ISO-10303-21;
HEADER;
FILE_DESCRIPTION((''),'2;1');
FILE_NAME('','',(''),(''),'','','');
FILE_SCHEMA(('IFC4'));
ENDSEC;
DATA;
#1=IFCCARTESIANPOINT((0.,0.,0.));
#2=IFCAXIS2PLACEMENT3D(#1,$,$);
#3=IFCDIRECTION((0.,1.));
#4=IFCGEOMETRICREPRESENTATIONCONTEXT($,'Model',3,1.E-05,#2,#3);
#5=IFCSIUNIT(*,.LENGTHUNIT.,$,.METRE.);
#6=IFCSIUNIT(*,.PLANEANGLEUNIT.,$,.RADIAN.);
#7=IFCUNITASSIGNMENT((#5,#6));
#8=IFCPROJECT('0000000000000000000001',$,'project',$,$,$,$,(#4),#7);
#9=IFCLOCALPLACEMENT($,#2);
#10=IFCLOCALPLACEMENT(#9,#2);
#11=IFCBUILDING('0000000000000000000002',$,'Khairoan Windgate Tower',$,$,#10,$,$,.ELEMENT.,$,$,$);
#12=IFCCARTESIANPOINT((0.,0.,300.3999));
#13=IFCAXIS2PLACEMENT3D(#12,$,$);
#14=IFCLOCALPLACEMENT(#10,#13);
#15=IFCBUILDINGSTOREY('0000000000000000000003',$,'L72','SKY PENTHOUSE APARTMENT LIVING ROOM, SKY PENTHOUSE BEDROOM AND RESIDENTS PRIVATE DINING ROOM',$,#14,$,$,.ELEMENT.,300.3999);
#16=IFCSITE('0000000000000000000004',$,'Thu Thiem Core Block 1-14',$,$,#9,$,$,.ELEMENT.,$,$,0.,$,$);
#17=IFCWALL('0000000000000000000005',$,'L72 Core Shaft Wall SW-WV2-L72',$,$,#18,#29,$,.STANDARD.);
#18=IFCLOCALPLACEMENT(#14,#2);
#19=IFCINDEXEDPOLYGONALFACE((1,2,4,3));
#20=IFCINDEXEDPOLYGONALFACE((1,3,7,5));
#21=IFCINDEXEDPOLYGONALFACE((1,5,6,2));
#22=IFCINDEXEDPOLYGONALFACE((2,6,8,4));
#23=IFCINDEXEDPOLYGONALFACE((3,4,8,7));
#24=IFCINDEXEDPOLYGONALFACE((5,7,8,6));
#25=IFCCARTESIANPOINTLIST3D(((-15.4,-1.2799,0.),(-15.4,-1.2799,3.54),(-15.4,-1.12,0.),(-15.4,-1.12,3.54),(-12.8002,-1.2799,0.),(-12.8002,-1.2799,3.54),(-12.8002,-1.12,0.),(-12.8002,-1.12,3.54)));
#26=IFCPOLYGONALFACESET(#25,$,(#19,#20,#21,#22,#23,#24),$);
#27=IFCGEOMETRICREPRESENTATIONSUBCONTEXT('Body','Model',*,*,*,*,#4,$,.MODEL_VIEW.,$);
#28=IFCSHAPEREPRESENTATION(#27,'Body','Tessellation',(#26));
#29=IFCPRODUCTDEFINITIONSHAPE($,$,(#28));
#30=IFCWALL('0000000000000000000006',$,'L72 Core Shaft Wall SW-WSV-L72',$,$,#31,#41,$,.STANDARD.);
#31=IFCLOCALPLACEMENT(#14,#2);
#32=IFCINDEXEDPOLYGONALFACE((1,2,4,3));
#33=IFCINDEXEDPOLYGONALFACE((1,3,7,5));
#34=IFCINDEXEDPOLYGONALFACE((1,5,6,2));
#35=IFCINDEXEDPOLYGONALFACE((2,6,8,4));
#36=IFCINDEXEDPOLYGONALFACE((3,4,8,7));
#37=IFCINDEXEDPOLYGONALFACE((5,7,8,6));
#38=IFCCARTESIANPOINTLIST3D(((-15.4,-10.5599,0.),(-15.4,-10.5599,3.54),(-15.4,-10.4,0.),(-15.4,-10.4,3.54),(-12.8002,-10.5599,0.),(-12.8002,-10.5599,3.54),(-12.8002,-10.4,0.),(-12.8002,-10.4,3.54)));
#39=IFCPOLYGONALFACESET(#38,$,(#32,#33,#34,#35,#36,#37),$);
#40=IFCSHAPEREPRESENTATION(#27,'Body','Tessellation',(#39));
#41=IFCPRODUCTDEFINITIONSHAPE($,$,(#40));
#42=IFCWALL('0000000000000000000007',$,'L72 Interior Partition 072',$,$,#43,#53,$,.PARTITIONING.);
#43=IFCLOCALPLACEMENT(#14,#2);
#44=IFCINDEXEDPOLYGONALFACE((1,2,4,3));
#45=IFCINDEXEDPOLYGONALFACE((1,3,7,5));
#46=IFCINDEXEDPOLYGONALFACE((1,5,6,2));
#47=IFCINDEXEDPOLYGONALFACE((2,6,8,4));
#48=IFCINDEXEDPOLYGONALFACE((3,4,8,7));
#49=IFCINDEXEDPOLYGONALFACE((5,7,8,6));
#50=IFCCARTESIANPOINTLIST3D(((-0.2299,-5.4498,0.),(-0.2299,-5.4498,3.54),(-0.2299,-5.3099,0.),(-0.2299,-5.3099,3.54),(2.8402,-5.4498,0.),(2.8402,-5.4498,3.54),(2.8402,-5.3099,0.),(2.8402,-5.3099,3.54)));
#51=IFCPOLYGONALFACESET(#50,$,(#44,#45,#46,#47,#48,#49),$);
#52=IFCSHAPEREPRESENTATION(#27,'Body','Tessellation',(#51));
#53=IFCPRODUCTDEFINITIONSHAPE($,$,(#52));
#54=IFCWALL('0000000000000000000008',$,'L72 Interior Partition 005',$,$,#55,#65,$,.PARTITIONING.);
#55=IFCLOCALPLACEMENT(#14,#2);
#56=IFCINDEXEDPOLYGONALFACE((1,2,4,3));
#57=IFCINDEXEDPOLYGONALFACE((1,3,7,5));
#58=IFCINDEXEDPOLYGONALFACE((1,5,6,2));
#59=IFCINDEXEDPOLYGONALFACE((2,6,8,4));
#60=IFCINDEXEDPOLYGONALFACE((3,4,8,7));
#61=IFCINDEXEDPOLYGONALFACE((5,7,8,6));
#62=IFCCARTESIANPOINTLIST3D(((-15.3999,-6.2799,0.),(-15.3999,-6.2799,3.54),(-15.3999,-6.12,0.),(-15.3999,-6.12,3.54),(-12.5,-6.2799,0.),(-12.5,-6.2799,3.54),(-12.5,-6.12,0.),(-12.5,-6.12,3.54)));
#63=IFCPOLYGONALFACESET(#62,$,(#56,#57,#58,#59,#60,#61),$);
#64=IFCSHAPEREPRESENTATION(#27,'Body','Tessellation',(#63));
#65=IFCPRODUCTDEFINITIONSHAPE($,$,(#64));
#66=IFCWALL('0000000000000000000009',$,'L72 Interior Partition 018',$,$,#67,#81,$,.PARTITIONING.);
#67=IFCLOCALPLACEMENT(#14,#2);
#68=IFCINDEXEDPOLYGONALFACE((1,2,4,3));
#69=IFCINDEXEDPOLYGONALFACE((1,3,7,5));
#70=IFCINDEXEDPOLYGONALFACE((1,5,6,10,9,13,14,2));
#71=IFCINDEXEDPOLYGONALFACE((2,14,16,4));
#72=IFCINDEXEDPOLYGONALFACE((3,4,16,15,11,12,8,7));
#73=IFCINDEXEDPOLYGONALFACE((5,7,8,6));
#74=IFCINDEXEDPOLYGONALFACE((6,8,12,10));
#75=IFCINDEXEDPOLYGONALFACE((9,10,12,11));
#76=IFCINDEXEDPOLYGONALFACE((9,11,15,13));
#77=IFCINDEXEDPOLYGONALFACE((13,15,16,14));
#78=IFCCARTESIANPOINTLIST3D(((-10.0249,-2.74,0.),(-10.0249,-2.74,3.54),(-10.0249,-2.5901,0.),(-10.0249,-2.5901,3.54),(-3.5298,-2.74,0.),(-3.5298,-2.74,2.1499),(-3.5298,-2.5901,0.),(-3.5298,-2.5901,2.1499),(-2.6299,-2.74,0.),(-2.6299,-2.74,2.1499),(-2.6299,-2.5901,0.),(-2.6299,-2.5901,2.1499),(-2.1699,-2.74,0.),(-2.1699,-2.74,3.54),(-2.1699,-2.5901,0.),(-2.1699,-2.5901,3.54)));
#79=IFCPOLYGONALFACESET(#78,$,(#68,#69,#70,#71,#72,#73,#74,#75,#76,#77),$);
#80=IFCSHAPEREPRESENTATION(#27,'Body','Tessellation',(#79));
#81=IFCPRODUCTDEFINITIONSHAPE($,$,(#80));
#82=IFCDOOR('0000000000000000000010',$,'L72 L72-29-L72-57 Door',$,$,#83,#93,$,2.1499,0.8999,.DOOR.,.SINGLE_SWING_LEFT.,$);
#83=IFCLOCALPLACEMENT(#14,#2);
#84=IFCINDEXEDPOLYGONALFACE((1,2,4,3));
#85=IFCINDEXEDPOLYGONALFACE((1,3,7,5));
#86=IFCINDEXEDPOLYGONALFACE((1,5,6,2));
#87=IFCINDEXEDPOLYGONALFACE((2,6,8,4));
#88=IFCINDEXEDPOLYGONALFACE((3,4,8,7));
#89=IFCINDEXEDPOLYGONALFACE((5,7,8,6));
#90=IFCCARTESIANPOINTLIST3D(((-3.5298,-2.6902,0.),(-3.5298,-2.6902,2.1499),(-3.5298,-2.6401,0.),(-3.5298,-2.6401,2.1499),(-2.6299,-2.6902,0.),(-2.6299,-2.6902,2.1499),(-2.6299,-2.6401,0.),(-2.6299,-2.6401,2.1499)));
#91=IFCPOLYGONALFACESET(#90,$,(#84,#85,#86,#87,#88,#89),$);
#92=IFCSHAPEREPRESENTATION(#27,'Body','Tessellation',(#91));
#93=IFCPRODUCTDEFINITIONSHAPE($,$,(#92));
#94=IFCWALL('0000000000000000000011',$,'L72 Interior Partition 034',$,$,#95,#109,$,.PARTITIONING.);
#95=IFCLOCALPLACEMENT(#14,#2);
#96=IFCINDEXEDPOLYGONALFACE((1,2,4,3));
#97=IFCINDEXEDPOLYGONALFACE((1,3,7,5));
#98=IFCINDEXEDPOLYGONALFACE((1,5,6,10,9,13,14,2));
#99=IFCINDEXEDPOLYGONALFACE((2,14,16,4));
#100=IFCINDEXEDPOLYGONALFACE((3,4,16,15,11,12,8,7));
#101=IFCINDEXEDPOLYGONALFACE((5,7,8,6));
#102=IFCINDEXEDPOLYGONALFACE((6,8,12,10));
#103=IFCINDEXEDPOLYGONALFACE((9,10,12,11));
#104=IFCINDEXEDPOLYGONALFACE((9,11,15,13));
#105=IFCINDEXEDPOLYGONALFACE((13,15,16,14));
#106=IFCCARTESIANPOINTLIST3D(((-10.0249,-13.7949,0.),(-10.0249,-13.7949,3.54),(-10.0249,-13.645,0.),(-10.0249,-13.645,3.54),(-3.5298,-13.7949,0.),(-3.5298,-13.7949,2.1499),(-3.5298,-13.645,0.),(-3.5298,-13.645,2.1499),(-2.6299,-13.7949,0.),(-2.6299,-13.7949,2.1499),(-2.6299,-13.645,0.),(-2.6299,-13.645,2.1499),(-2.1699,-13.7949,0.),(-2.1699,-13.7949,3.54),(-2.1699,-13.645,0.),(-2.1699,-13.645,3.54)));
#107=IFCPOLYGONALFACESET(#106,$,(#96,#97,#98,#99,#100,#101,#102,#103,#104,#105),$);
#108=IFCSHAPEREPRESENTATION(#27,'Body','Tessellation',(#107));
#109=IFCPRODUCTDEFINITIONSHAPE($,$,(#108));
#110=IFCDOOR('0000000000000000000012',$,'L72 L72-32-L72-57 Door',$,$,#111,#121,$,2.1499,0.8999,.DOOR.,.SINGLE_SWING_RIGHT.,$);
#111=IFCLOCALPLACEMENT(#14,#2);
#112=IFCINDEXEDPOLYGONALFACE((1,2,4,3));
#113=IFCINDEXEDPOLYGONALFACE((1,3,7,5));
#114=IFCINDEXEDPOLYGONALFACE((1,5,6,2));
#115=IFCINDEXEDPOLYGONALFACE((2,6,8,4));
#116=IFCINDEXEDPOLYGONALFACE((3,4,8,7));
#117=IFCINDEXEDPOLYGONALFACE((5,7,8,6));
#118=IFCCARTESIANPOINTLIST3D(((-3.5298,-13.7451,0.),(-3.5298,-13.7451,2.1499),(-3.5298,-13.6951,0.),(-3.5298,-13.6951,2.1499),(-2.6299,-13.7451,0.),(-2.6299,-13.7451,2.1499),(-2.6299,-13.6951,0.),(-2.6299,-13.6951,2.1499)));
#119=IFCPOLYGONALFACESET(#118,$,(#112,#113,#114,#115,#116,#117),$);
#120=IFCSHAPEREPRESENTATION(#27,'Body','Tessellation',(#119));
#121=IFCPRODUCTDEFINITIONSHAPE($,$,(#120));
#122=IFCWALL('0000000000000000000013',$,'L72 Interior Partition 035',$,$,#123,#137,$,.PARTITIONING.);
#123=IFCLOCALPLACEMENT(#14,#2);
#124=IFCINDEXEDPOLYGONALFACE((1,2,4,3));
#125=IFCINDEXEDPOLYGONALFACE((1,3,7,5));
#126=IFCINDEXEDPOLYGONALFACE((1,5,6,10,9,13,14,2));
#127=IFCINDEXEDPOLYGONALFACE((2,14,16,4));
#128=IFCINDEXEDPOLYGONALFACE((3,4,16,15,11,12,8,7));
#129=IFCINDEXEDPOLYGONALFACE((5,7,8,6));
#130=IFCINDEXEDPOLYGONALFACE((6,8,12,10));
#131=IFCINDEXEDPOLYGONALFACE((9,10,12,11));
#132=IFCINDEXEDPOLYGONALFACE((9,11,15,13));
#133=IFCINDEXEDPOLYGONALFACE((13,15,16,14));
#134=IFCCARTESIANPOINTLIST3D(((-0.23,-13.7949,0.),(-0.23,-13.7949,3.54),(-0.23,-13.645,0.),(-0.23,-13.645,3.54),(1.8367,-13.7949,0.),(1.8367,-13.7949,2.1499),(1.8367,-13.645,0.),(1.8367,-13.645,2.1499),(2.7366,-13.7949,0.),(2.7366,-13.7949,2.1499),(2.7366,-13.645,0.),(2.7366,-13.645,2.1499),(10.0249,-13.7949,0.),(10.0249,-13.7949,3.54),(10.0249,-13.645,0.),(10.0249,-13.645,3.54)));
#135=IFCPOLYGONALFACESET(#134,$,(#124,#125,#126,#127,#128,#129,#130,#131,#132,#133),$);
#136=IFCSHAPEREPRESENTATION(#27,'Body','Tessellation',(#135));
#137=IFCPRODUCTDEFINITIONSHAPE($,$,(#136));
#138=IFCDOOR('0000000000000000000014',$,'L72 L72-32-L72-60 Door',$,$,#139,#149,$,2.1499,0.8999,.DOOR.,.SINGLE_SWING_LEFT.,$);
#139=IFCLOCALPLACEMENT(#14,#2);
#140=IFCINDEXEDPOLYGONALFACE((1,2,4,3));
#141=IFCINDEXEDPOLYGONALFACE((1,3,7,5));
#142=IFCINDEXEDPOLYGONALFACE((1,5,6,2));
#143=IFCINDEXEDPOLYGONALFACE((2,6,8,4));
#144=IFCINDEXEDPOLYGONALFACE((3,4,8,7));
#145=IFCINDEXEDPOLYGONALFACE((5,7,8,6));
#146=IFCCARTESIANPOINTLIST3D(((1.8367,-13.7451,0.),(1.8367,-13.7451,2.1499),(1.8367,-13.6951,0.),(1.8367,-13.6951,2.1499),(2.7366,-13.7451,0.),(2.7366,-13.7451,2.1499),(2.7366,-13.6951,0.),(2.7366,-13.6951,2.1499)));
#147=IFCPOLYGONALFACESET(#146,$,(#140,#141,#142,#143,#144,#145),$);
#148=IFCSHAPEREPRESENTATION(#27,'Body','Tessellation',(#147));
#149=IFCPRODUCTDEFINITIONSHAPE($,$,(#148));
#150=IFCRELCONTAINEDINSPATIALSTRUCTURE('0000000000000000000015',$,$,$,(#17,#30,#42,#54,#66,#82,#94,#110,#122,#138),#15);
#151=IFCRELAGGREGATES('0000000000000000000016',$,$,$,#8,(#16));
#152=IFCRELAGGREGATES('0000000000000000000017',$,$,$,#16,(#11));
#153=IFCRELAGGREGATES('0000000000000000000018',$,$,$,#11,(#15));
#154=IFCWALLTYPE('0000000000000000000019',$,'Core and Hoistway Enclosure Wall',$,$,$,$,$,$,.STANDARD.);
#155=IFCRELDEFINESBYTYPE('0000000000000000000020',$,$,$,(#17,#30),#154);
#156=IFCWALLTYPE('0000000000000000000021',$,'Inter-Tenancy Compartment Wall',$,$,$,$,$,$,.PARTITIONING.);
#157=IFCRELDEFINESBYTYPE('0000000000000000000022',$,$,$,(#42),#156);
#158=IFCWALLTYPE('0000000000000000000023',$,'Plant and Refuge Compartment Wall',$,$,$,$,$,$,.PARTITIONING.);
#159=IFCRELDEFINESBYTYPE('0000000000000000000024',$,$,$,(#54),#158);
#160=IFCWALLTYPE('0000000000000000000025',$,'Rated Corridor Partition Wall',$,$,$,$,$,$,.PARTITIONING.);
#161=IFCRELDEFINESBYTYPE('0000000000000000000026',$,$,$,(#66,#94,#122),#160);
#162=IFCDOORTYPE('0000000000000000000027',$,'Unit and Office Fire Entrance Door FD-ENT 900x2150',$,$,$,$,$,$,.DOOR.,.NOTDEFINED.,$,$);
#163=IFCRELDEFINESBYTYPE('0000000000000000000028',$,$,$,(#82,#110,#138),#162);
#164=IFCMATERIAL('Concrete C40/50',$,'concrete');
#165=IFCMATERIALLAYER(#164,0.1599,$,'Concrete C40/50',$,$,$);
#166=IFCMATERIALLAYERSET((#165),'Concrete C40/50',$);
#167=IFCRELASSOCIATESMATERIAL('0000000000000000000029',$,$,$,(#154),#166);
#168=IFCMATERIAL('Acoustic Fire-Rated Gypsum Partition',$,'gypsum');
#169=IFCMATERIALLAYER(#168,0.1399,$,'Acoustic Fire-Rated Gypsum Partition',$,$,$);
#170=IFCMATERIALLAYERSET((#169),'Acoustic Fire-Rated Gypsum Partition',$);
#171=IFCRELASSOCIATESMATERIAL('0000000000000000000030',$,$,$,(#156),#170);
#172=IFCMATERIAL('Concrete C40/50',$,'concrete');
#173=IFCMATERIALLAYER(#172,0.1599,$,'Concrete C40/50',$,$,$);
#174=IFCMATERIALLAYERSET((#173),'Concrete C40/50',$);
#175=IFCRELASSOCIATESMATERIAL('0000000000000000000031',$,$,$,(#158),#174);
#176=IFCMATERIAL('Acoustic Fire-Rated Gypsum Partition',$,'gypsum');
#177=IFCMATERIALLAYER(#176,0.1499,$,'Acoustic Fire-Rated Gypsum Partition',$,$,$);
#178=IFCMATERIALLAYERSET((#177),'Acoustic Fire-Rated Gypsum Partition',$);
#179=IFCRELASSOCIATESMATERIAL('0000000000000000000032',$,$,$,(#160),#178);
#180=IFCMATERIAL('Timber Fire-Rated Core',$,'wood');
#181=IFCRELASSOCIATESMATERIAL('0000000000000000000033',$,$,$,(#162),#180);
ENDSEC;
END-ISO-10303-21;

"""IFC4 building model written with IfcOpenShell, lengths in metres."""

from ifc_helpers import new_model, si_unit, direction, frame, frame_2d, origin, place, context, subcontext, project, spatial, rectangle, extrude, material, layer, layer_set, type_object, element, fill, save


model = new_model("IFC4")

# Units and contexts
model_context = context("Model", 3, precision=1e-05, world=origin(), true_north=direction((0.0, 1.0)))
body_context = subcontext(model_context, "Body", "Model", "MODEL_VIEW")
ifc_project = project(units=[si_unit("LENGTHUNIT", "METRE"), si_unit("PLANEANGLEUNIT", "RADIAN")], contexts=[model_context])

# Site, building, storey
site_placement = place(None, origin())
site = spatial("IfcSite", under=ifc_project, at=site_placement, Name="Thu Thiem Core Block 1-14", CompositionType="ELEMENT", RefElevation=0.0)
building_placement = place(site_placement, origin())
building = spatial("IfcBuilding", under=site, at=building_placement, Name="Khairoan Windgate Tower", CompositionType="ELEMENT")
storey_placement = place(building_placement, frame((0.0, 0.0, 300.3999)))
storey = spatial("IfcBuildingStorey", under=building, at=storey_placement, Name="L72", Description="SKY PENTHOUSE APARTMENT LIVING ROOM, SKY PENTHOUSE BEDROOM AND RESIDENTS PRIVATE DINING ROOM", CompositionType="ELEMENT", Elevation=300.3999)

# Walls
ifc_material_1 = material(Name="Concrete C40/50", Category="concrete")
ifc_layer_1 = layer(ifc_material_1, 0.1599, Name="Concrete C40/50")
ifc_layer_set_1 = layer_set([ifc_layer_1], Name="Concrete C40/50")
wall_type_1 = type_object("IfcWallType", Name="Core and Hoistway Enclosure Wall", PredefinedType="STANDARD", material=ifc_layer_set_1)
for number, where, z_axis, x_axis, name in (
    (1, (-15.3999, -1.2, 0.0), (0.0, 0.0, 1.0), (1.0, 0.0, 0.0), "L72 Core Shaft Wall SW-WV2-L72"),
    (2, (-15.3999, -10.48, 0.0), (0.0, 0.0, 1.0), (1.0, 0.0, 0.0), "L72 Core Shaft Wall SW-WSV-L72"),
):
    element("IfcWall", number, at=place(storey_placement, frame(where, z_axis=z_axis, x_axis=x_axis)), inside=storey, type_object=wall_type_1, Name=name, PredefinedType="STANDARD", context=body_context, shape_type="SweptSolid", body=[
        extrude(rectangle(XDim=2.5999, YDim=0.1599, at=frame_2d((1.2998, 0.0))), origin(), (0.0, 0.0, 1.0), 3.54),
    ])
ifc_material_2 = material(Name="Acoustic Fire-Rated Gypsum Partition", Category="gypsum")
ifc_layer_2 = layer(ifc_material_2, 0.1399, Name="Acoustic Fire-Rated Gypsum Partition")
ifc_layer_set_2 = layer_set([ifc_layer_2], Name="Acoustic Fire-Rated Gypsum Partition")
wall_type_2 = type_object("IfcWallType", Name="Inter-Tenancy Compartment Wall", PredefinedType="PARTITIONING", material=ifc_layer_set_2)
wall_1_placement = place(storey_placement, frame((-0.23, -5.3799, 0.0), z_axis=(0.0, 0.0, 1.0), x_axis=(1.0, 0.0, 0.0)))
element("IfcWall", 3, at=wall_1_placement, inside=storey, type_object=wall_type_2, Name="L72 Interior Partition 072", PredefinedType="PARTITIONING", context=body_context, shape_type="SweptSolid", body=[
    extrude(rectangle(XDim=3.0701, YDim=0.1399, at=frame_2d((1.5352, 0.0))), origin(), (0.0, 0.0, 1.0), 3.54),
])
ifc_material_3 = material(Name="Concrete C40/50", Category="concrete")
ifc_layer_3 = layer(ifc_material_3, 0.1599, Name="Concrete C40/50")
ifc_layer_set_3 = layer_set([ifc_layer_3], Name="Concrete C40/50")
wall_type_3 = type_object("IfcWallType", Name="Plant and Refuge Compartment Wall", PredefinedType="PARTITIONING", material=ifc_layer_set_3)
wall_2_placement = place(storey_placement, frame((-15.3999, -6.2, 0.0), z_axis=(0.0, 0.0, 1.0), x_axis=(1.0, 0.0, 0.0)))
element("IfcWall", 4, at=wall_2_placement, inside=storey, type_object=wall_type_3, Name="L72 Interior Partition 005", PredefinedType="PARTITIONING", context=body_context, shape_type="SweptSolid", body=[
    extrude(rectangle(XDim=2.8999, YDim=0.1599, at=frame_2d((1.45, 0.0))), origin(), (0.0, 0.0, 1.0), 3.54),
])

# Walls, openings, doors
ifc_material_4 = material(Name="Acoustic Fire-Rated Gypsum Partition", Category="gypsum")
ifc_layer_4 = layer(ifc_material_4, 0.1499, Name="Acoustic Fire-Rated Gypsum Partition")
ifc_layer_set_4 = layer_set([ifc_layer_4], Name="Acoustic Fire-Rated Gypsum Partition")
wall_type_4 = type_object("IfcWallType", Name="Rated Corridor Partition Wall", PredefinedType="PARTITIONING", material=ifc_layer_set_4)
wall_3_placement = place(storey_placement, frame((-10.0249, -2.665, 0.0), z_axis=(0.0, 0.0, 1.0), x_axis=(1.0, 0.0, 0.0)))
wall_3 = element("IfcWall", 5, at=wall_3_placement, inside=storey, type_object=wall_type_4, Name="L72 Interior Partition 018", PredefinedType="PARTITIONING", context=body_context, shape_type="SweptSolid", body=[
    extrude(rectangle(XDim=7.855, YDim=0.1499, at=frame_2d((3.9275, 0.0))), origin(), (0.0, 0.0, 1.0), 3.54),
])
opening_1_placement = place(wall_3_placement, frame((6.4951, 0.0, 0.0)))
opening_1 = element("IfcOpeningElement", 6, at=opening_1_placement, cuts=wall_3, PredefinedType="OPENING", context=body_context, shape_type="SweptSolid", body=[
    extrude(rectangle(XDim=0.8999, YDim=2.1499, at=frame_2d((0.45, 1.075))), frame((0.0, 0.085, 0.0), z_axis=(0.0, -1.0, 0.0), x_axis=(1.0, 0.0, 0.0)), (0.0, 0.0, 1.0), 0.1699),
])
ifc_material_5 = material(Name="Timber Fire-Rated Core", Category="wood")
door_type_1 = type_object("IfcDoorType", Name="Unit and Office Fire Entrance Door FD-ENT 900x2150", OperationType="NOTDEFINED", PredefinedType="DOOR", material=ifc_material_5)
door_1_placement = place(opening_1_placement, origin())
door_1 = element("IfcDoor", 7, at=door_1_placement, inside=storey, type_object=door_type_1, Name="L72 L72-29-L72-57 Door", OperationType="SINGLE_SWING_LEFT", OverallHeight=2.1499, OverallWidth=0.8999, PredefinedType="DOOR", context=body_context, shape_type="SweptSolid", body=[
    extrude(rectangle(XDim=0.8999, YDim=2.1499, at=frame_2d((0.45, 1.075))), frame((0.0, 0.0249, 0.0), z_axis=(0.0, -1.0, 0.0), x_axis=(1.0, 0.0, 0.0)), (0.0, 0.0, 1.0), 0.05),
])
fill(opening_1, door_1)
wall_4_placement = place(storey_placement, frame((-10.0249, -13.72, 0.0), z_axis=(0.0, 0.0, 1.0), x_axis=(1.0, 0.0, 0.0)))
wall_4 = element("IfcWall", 8, at=wall_4_placement, inside=storey, type_object=wall_type_4, Name="L72 Interior Partition 034", PredefinedType="PARTITIONING", context=body_context, shape_type="SweptSolid", body=[
    extrude(rectangle(XDim=7.855, YDim=0.1499, at=frame_2d((3.9275, 0.0))), origin(), (0.0, 0.0, 1.0), 3.54),
])
opening_2_placement = place(wall_4_placement, frame((6.4951, 0.0, 0.0)))
opening_2 = element("IfcOpeningElement", 9, at=opening_2_placement, cuts=wall_4, PredefinedType="OPENING", context=body_context, shape_type="SweptSolid", body=[
    extrude(rectangle(XDim=0.8999, YDim=2.1499, at=frame_2d((0.45, 1.075))), frame((0.0, 0.085, 0.0), z_axis=(0.0, -1.0, 0.0), x_axis=(1.0, 0.0, 0.0)), (0.0, 0.0, 1.0), 0.1699),
])
door_2_placement = place(opening_2_placement, origin())
door_2 = element("IfcDoor", 10, at=door_2_placement, inside=storey, type_object=door_type_1, Name="L72 L72-32-L72-57 Door", OperationType="SINGLE_SWING_RIGHT", OverallHeight=2.1499, OverallWidth=0.8999, PredefinedType="DOOR", context=body_context, shape_type="SweptSolid", body=[
    extrude(rectangle(XDim=0.8999, YDim=2.1499, at=frame_2d((0.45, 1.075))), frame((0.0, 0.0249, 0.0), z_axis=(0.0, -1.0, 0.0), x_axis=(1.0, 0.0, 0.0)), (0.0, 0.0, 1.0), 0.05),
])
fill(opening_2, door_2)
wall_5_placement = place(storey_placement, frame((-0.23, -13.72, 0.0), z_axis=(0.0, 0.0, 1.0), x_axis=(1.0, 0.0, 0.0)))
wall_5 = element("IfcWall", 11, at=wall_5_placement, inside=storey, type_object=wall_type_4, Name="L72 Interior Partition 035", PredefinedType="PARTITIONING", context=body_context, shape_type="SweptSolid", body=[
    extrude(rectangle(XDim=10.2549, YDim=0.1499, at=frame_2d((5.1274, 0.0))), origin(), (0.0, 0.0, 1.0), 3.54),
])
opening_3_placement = place(wall_5_placement, frame((2.0667, 0.0, 0.0)))
opening_3 = element("IfcOpeningElement", 12, at=opening_3_placement, cuts=wall_5, PredefinedType="OPENING", context=body_context, shape_type="SweptSolid", body=[
    extrude(rectangle(XDim=0.8999, YDim=2.1499, at=frame_2d((0.45, 1.075))), frame((0.0, 0.085, 0.0), z_axis=(0.0, -1.0, 0.0), x_axis=(1.0, 0.0, 0.0)), (0.0, 0.0, 1.0), 0.1699),
])
door_3_placement = place(opening_3_placement, origin())
door_3 = element("IfcDoor", 13, at=door_3_placement, inside=storey, type_object=door_type_1, Name="L72 L72-32-L72-60 Door", OperationType="SINGLE_SWING_LEFT", OverallHeight=2.1499, OverallWidth=0.8999, PredefinedType="DOOR", context=body_context, shape_type="SweptSolid", body=[
    extrude(rectangle(XDim=0.8999, YDim=2.1499, at=frame_2d((0.45, 1.075))), frame((0.0, 0.0249, 0.0), z_axis=(0.0, -1.0, 0.0), x_axis=(1.0, 0.0, 0.0)), (0.0, 0.0, 1.0), 0.05),
])
fill(opening_3, door_3)

save(model, "model.ifc")
